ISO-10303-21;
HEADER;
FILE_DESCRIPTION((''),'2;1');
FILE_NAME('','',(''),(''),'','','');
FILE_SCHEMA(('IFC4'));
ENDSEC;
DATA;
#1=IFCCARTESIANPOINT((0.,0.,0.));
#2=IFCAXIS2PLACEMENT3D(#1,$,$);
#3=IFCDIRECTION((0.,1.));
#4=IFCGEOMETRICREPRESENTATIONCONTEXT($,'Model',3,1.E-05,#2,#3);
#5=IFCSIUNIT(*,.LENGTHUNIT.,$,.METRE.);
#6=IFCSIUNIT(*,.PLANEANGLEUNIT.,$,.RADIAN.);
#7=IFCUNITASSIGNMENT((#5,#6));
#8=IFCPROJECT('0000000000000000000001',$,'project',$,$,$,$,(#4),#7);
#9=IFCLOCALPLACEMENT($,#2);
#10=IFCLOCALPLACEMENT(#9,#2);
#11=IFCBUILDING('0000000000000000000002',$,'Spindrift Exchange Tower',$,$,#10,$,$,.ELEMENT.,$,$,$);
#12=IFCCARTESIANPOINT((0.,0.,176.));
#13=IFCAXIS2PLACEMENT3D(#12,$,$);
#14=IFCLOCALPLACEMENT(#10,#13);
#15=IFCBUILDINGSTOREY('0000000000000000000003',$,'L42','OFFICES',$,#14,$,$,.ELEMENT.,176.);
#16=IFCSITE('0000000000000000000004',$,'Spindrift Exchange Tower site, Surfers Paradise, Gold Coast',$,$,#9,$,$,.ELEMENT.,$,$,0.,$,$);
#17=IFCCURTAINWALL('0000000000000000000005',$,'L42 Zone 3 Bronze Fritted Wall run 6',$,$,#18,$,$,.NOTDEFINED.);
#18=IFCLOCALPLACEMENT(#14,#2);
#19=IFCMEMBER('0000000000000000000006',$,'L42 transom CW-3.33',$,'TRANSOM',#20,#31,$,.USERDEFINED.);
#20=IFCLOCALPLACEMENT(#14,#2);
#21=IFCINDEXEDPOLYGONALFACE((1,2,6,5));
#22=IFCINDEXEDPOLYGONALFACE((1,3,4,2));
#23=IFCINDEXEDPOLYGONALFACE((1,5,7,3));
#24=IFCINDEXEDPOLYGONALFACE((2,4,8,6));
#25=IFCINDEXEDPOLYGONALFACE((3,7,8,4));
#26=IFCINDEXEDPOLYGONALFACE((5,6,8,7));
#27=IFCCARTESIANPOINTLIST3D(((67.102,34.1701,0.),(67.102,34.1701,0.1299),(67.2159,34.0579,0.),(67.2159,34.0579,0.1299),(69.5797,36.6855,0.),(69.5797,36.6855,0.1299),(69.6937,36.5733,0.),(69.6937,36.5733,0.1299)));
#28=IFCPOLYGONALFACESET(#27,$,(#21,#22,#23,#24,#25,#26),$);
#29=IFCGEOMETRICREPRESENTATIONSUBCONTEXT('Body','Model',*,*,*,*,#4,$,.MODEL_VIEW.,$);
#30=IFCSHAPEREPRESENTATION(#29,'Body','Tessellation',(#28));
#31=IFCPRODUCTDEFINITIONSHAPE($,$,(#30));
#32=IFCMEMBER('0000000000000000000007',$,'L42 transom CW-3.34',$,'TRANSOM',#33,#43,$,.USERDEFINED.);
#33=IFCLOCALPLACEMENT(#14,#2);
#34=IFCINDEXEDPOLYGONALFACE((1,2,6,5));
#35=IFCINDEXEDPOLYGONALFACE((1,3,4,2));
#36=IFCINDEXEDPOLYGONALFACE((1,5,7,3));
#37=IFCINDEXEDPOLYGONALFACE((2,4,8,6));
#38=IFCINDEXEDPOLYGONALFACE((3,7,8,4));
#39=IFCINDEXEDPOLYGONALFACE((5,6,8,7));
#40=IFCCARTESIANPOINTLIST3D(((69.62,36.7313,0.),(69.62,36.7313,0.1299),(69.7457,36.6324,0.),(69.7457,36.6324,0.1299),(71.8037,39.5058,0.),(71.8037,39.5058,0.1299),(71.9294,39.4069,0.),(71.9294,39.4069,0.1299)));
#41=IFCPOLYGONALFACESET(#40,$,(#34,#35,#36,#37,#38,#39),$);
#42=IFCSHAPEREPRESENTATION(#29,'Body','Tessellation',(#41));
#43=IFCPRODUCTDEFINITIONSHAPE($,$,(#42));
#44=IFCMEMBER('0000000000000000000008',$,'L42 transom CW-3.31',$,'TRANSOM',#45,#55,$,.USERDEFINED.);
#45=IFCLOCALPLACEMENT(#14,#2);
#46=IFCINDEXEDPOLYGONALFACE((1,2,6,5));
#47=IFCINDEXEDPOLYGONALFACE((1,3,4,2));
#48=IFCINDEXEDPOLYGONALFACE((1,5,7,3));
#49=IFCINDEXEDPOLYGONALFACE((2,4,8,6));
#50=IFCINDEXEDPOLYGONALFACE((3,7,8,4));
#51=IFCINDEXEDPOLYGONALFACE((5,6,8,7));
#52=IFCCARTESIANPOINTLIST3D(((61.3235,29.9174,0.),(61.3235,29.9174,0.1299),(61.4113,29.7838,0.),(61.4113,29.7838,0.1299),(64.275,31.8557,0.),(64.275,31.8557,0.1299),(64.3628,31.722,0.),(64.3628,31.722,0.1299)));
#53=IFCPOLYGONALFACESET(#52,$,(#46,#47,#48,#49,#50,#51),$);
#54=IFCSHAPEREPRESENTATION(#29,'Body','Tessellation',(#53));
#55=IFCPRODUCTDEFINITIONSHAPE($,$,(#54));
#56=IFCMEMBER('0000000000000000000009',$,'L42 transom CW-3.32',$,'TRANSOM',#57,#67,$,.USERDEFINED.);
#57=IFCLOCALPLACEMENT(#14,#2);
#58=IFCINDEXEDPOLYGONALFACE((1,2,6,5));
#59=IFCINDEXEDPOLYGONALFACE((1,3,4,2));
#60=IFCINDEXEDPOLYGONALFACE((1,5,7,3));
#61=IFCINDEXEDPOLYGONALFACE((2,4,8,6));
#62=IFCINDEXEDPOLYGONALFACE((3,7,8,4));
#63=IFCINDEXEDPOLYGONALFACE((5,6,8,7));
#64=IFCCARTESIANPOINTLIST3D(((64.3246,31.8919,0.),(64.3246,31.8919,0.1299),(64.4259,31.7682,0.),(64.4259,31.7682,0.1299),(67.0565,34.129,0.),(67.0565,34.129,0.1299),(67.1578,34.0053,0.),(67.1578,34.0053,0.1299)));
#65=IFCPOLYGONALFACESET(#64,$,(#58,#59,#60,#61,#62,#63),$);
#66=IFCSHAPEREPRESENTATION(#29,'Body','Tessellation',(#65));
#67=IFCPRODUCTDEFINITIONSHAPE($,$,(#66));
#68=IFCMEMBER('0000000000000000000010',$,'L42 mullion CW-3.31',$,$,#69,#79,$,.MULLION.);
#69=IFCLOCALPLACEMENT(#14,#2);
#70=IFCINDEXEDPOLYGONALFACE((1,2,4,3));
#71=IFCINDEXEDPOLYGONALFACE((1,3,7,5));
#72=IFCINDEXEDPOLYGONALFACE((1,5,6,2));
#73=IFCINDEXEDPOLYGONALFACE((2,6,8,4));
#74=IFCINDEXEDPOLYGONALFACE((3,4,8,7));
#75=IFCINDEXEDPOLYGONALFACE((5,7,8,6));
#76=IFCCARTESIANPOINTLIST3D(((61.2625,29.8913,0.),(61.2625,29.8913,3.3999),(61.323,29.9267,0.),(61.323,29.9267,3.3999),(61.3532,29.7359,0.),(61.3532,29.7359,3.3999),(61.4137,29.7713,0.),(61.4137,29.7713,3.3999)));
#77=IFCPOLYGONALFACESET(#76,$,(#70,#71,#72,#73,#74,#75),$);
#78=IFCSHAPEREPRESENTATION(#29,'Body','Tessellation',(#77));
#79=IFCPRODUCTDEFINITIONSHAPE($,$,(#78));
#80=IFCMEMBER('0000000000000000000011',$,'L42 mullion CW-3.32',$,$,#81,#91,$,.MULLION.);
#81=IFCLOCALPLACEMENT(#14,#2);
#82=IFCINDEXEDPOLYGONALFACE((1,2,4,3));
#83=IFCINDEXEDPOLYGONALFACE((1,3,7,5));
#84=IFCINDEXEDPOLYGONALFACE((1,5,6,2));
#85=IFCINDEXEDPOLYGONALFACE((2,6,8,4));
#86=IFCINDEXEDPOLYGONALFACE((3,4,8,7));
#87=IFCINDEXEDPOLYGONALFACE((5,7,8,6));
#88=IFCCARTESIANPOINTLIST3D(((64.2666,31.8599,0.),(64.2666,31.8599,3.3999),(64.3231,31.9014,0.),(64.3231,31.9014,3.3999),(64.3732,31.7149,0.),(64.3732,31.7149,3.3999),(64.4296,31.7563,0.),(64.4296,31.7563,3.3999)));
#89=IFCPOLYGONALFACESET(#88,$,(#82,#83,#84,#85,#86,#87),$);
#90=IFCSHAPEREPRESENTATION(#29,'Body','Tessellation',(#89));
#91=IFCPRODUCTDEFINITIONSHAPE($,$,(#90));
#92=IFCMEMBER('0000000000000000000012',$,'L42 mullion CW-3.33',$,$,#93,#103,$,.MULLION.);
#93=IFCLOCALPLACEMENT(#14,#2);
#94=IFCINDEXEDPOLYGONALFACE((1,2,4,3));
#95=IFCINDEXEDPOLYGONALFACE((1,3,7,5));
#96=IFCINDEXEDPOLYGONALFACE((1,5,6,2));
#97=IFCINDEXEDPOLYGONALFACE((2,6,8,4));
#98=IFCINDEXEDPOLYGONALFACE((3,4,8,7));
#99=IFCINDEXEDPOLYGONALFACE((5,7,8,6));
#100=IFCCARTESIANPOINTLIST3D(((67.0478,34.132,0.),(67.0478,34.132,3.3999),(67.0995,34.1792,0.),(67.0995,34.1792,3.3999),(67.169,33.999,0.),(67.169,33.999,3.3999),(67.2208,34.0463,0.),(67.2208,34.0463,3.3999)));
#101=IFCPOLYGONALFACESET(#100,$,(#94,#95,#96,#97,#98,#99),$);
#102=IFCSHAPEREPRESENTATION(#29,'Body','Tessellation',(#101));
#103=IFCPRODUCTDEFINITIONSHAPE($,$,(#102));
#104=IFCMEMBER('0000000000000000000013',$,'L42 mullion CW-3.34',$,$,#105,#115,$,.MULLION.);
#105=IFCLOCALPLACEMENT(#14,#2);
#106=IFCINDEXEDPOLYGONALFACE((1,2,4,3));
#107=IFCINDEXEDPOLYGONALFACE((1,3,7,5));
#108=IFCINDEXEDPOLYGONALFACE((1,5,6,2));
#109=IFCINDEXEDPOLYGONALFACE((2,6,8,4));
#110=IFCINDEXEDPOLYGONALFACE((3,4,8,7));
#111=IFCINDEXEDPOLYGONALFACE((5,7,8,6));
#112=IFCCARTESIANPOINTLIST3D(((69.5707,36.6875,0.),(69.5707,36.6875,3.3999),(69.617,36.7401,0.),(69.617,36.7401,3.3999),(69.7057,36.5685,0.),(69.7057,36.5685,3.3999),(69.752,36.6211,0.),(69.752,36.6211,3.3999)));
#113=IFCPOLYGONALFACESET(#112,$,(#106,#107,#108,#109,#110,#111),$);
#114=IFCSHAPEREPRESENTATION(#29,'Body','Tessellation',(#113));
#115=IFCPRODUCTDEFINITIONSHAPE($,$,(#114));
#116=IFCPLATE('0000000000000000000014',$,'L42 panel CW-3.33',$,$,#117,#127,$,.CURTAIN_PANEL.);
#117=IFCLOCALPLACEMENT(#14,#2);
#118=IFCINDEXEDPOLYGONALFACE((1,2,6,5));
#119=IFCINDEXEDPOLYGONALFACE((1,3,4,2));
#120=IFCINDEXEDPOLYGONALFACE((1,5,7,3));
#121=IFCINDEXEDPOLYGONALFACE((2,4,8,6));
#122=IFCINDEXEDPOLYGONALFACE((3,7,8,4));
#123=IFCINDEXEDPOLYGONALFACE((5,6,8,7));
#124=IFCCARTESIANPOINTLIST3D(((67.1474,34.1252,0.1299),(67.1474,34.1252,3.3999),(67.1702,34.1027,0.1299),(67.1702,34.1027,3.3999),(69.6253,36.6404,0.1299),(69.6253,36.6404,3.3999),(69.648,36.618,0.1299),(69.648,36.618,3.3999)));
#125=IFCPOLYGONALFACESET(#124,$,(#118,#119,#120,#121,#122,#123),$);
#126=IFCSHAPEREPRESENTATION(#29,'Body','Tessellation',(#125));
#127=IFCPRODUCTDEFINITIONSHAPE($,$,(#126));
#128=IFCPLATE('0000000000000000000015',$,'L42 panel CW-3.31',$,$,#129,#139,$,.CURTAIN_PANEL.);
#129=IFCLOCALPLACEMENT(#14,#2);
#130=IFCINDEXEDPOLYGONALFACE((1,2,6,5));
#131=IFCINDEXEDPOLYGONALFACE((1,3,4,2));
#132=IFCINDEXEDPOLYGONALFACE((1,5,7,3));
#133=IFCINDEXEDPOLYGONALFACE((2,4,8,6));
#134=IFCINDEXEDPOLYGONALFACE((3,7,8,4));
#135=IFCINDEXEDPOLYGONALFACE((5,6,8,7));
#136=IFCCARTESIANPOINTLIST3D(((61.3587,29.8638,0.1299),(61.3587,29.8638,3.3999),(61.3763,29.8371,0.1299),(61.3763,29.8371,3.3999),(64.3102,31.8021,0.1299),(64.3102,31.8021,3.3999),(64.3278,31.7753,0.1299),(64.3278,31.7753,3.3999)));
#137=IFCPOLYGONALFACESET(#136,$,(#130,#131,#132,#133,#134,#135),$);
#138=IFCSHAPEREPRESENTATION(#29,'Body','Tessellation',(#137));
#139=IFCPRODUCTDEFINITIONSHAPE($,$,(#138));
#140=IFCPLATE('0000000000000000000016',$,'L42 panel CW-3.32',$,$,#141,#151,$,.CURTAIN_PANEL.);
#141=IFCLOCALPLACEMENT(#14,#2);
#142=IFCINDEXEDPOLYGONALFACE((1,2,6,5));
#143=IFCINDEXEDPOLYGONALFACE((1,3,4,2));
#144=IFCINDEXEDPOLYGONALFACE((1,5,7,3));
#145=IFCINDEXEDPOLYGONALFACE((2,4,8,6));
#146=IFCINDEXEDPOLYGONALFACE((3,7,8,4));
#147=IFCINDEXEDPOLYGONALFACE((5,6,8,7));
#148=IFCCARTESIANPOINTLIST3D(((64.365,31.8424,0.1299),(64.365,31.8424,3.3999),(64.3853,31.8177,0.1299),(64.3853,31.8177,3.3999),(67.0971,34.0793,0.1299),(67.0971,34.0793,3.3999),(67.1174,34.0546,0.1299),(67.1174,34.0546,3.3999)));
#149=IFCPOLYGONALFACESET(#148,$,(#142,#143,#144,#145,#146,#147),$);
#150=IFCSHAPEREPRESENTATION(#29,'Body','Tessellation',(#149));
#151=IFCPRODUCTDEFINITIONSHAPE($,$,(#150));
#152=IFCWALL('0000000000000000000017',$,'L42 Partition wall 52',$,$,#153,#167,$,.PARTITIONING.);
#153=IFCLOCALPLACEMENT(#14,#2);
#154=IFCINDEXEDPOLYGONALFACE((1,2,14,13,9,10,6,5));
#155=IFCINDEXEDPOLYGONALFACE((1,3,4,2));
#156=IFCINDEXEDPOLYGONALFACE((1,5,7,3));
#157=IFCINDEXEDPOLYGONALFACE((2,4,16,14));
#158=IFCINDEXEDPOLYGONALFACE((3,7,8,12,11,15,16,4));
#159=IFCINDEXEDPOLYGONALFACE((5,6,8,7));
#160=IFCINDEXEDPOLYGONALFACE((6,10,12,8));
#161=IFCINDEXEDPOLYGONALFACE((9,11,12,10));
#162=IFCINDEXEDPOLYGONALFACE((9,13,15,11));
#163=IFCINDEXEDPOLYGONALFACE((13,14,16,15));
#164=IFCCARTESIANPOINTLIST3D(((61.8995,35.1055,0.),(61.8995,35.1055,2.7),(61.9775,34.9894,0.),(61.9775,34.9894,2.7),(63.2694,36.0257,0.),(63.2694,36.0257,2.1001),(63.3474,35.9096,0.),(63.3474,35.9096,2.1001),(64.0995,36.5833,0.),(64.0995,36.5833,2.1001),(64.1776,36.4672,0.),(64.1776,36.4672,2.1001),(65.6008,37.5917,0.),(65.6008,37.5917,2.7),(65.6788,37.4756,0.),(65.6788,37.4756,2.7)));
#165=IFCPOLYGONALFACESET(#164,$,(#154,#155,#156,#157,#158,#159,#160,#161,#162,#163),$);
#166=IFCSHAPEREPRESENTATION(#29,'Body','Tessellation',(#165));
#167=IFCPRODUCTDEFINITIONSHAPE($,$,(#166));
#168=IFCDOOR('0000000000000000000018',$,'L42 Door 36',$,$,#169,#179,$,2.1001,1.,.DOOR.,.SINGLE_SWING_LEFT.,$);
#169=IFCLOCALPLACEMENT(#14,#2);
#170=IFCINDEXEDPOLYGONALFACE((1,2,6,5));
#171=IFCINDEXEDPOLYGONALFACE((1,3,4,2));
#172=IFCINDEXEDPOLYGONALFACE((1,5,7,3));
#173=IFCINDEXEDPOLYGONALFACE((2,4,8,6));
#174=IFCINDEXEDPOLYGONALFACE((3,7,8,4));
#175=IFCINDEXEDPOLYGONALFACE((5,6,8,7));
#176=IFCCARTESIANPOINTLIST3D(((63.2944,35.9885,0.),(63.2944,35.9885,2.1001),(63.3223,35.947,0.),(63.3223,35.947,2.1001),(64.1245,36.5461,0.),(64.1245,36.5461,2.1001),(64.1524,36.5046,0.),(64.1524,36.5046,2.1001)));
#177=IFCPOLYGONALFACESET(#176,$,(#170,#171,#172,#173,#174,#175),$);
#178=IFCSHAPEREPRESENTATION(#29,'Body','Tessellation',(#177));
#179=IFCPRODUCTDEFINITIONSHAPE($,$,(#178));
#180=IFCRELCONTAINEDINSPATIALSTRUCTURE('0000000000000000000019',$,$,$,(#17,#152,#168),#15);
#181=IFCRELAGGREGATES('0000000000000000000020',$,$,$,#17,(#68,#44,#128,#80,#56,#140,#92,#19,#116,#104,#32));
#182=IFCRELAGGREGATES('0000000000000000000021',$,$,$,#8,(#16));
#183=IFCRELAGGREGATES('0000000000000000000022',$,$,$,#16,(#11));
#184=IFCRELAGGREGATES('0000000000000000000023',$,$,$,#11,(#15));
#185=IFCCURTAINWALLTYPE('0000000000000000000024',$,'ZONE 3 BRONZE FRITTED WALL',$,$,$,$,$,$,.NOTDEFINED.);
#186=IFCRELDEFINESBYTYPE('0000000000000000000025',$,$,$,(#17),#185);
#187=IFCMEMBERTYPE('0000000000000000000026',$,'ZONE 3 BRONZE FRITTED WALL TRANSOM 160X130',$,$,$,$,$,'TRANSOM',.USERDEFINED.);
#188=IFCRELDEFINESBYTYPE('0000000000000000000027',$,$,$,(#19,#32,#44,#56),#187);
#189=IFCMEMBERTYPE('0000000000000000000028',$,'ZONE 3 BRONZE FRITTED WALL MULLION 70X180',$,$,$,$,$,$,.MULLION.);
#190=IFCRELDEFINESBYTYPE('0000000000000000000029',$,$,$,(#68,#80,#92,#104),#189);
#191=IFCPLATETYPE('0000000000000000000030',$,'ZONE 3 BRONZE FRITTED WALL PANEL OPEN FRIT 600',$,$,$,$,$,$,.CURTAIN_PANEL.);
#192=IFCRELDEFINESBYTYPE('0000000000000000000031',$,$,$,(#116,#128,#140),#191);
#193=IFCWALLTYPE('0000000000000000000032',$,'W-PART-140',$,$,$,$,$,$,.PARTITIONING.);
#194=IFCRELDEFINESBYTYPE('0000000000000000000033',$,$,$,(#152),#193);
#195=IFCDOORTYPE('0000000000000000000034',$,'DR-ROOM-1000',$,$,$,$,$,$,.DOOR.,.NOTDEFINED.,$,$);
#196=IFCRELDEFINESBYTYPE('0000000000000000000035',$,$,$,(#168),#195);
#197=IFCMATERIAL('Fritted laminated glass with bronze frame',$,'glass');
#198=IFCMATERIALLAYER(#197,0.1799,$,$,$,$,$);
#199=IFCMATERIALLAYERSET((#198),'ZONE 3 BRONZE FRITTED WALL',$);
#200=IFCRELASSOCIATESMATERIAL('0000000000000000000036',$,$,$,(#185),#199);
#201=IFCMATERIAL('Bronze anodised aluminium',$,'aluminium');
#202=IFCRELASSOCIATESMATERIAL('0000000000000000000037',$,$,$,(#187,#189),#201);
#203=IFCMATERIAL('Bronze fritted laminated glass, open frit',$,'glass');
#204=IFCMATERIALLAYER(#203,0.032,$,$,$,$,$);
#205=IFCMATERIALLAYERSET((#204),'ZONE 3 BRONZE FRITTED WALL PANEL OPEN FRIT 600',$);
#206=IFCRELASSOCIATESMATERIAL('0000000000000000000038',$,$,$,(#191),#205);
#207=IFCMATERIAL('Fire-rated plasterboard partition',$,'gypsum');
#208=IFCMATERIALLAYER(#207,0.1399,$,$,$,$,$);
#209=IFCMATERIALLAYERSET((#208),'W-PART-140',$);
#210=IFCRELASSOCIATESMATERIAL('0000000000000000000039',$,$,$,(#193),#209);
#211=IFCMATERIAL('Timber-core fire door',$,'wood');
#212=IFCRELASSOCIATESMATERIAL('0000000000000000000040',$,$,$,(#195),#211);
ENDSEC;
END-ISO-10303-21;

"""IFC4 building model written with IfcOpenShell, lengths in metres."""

from ifc_helpers import new_model, si_unit, direction, frame, frame_2d, origin, origin_2d, place, context, subcontext, project, spatial, rectangle, extrude, source, transform, mapped, material, layer, layer_set, material_profile, profile_set, type_object, element, fill, aggregate, save


model = new_model("IFC4")

# Units and contexts
model_context = context("Model", 3, precision=1e-05, world=origin(), true_north=direction((0.0, 1.0)))
body_context = subcontext(model_context, "Body", "Model", "MODEL_VIEW")
ifc_project = project(units=[si_unit("LENGTHUNIT", "METRE"), si_unit("PLANEANGLEUNIT", "RADIAN")], contexts=[model_context])

# Site, building, storey
site_placement = place(None, origin())
site = spatial("IfcSite", under=ifc_project, at=site_placement, Name="Spindrift Exchange Tower site, Surfers Paradise, Gold Coast", CompositionType="ELEMENT", RefElevation=0.0)
building_placement = place(site_placement, origin())
building = spatial("IfcBuilding", under=site, at=building_placement, Name="Spindrift Exchange Tower", CompositionType="ELEMENT")
storey_placement = place(building_placement, frame((0.0, 0.0, 176.0)))
storey = spatial("IfcBuildingStorey", under=building, at=storey_placement, Name="L42", Description="OFFICES", CompositionType="ELEMENT", Elevation=176.0)

# Curtain wall, members, plates
ifc_material_1 = material(Name="Fritted laminated glass with bronze frame", Category="glass")
ifc_layer_1 = layer(ifc_material_1, 0.1799)
ifc_layer_set_1 = layer_set([ifc_layer_1], Name="ZONE 3 BRONZE FRITTED WALL")
curtain_wall_type = type_object("IfcCurtainWallType", Name="ZONE 3 BRONZE FRITTED WALL", PredefinedType="NOTDEFINED", material=ifc_layer_set_1)
curtain_wall_placement = place(storey_placement, origin())
curtain_wall = element("IfcCurtainWall", 1, at=curtain_wall_placement, inside=storey, type_object=curtain_wall_type, Name="L42 Zone 3 Bronze Fritted Wall run 6", PredefinedType="NOTDEFINED")
ifc_material_2 = material(Name="Bronze anodised aluminium", Category="aluminium")
ifc_material_profile_1 = material_profile(ifc_material_2, rectangle(XDim=0.1599, YDim=0.1299, at=origin_2d()), Name="ZONE 3 BRONZE FRITTED WALL TRANSOM 160X130")
ifc_profile_set_1 = profile_set([ifc_material_profile_1], Name="Bronze anodised aluminium")
member_type_1 = type_object("IfcMemberType", Name="ZONE 3 BRONZE FRITTED WALL TRANSOM 160X130", ElementType="TRANSOM", PredefinedType="USERDEFINED", material=ifc_profile_set_1)
shared_shape_1 = source(origin(), body_context, "Body", "SweptSolid", [
    extrude(rectangle(XDim=0.1599, YDim=0.1299, at=origin_2d()), origin(), (0.0, 0.0, 1.0), 3.5308),
])
member_1_placement = place(storey_placement, frame((67.1589, 34.114, 0.0649), z_axis=(0.701762, 0.712411, 0.0), x_axis=(-0.712411, 0.701762, 0.0)))
member_1 = element("IfcMember", 2, at=member_1_placement, type_object=member_type_1, Name="L42 transom CW-3.33", ObjectType="TRANSOM", PredefinedType="USERDEFINED", context=body_context, shape_type="MappedRepresentation", body=[
    mapped(shared_shape_1, transform((0.0, 0.0, 0.0), scale=1.0)),
])
member_2_placement = place(storey_placement, frame((69.6829, 36.6819, 0.0649), z_axis=(0.618469, 0.785809, 0.0), x_axis=(-0.785809, 0.618469, 0.0)))
member_2 = element("IfcMember", 3, at=member_2_placement, type_object=member_type_1, Name="L42 transom CW-3.34", ObjectType="TRANSOM", PredefinedType="USERDEFINED", context=body_context, shape_type="MappedRepresentation", body=[
    mapped(shared_shape_1, transform((0.0, 0.0, 0.0), scale=1.0)),
])
shared_shape_2 = source(origin(), body_context, "Body", "SweptSolid", [
    extrude(rectangle(XDim=0.1599, YDim=0.1299, at=origin_2d()), origin(), (0.0, 0.0, 1.0), 3.531),
])
member_3_placement = place(storey_placement, frame((61.3674, 29.8506, 0.0649), z_axis=(0.83587, 0.548927, 0.0), x_axis=(-0.548927, 0.83587, 0.0)))
member_3 = element("IfcMember", 4, at=member_3_placement, type_object=member_type_1, Name="L42 transom CW-3.31", ObjectType="TRANSOM", PredefinedType="USERDEFINED", context=body_context, shape_type="MappedRepresentation", body=[
    mapped(shared_shape_2, transform((0.0, 0.0, 0.0), scale=1.0)),
])
member_4_placement = place(storey_placement, frame((64.3752, 31.8301, 0.0649), z_axis=(0.773702, 0.63355, 0.0), x_axis=(-0.63355, 0.773702, 0.0)))
member_4 = element("IfcMember", 5, at=member_4_placement, type_object=member_type_1, Name="L42 transom CW-3.32", ObjectType="TRANSOM", PredefinedType="USERDEFINED", context=body_context, shape_type="MappedRepresentation", body=[
    mapped(shared_shape_2, transform((0.0, 0.0, 0.0), scale=1.0)),
])
ifc_material_profile_2 = material_profile(ifc_material_2, rectangle(XDim=0.0701, YDim=0.1799, at=origin_2d()), Name="ZONE 3 BRONZE FRITTED WALL MULLION 70X180")
ifc_profile_set_2 = profile_set([ifc_material_profile_2], Name="Bronze anodised aluminium")
member_type_2 = type_object("IfcMemberType", Name="ZONE 3 BRONZE FRITTED WALL MULLION 70X180", PredefinedType="MULLION", material=ifc_profile_set_2)
shared_shape_3 = source(origin(), body_context, "Body", "SweptSolid", [
    extrude(rectangle(XDim=0.0701, YDim=0.1799, at=origin_2d()), origin(), (0.0, 0.0, 1.0), 3.3999),
])
member_5_placement = place(storey_placement, frame((61.3381, 29.8313, 0.0), z_axis=(0.0, 0.0, 1.0), x_axis=(0.86368, 0.504041, 0.0)))
member_5 = element("IfcMember", 6, at=member_5_placement, type_object=member_type_2, Name="L42 mullion CW-3.31", PredefinedType="MULLION", context=body_context, shape_type="MappedRepresentation", body=[
    mapped(shared_shape_3, transform((0.0, 0.0, 0.0), scale=1.0)),
])
member_6_placement = place(storey_placement, frame((64.3481, 31.8081, 0.0), z_axis=(0.0, 0.0, 1.0), x_axis=(0.805919, 0.592026, 0.0)))
member_6 = element("IfcMember", 7, at=member_6_placement, type_object=member_type_2, Name="L42 mullion CW-3.32", PredefinedType="MULLION", context=body_context, shape_type="MappedRepresentation", body=[
    mapped(shared_shape_3, transform((0.0, 0.0, 0.0), scale=1.0)),
])
member_7_placement = place(storey_placement, frame((67.1343, 34.0891, 0.0), z_axis=(0.0, 0.0, 1.0), x_axis=(0.738823, 0.6739, 0.0)))
member_7 = element("IfcMember", 8, at=member_7_placement, type_object=member_type_2, Name="L42 mullion CW-3.33", PredefinedType="MULLION", context=body_context, shape_type="MappedRepresentation", body=[
    mapped(shared_shape_3, transform((0.0, 0.0, 0.0), scale=1.0)),
])
member_8_placement = place(storey_placement, frame((69.6614, 36.6543, 0.0), z_axis=(0.0, 0.0, 1.0), x_axis=(0.661147, 0.750256, 0.0)))
member_8 = element("IfcMember", 9, at=member_8_placement, type_object=member_type_2, Name="L42 mullion CW-3.34", PredefinedType="MULLION", context=body_context, shape_type="MappedRepresentation", body=[
    mapped(shared_shape_3, transform((0.0, 0.0, 0.0), scale=1.0)),
])
ifc_material_3 = material(Name="Bronze fritted laminated glass, open frit", Category="glass")
ifc_layer_2 = layer(ifc_material_3, 0.032)
ifc_layer_set_2 = layer_set([ifc_layer_2], Name="ZONE 3 BRONZE FRITTED WALL PANEL OPEN FRIT 600")
plate_type = type_object("IfcPlateType", Name="ZONE 3 BRONZE FRITTED WALL PANEL OPEN FRIT 600", PredefinedType="CURTAIN_PANEL", material=ifc_layer_set_2)
shared_shape_4 = source(origin(), body_context, "Body", "SweptSolid", [
    extrude(rectangle(XDim=3.5308, YDim=0.032, at=origin_2d()), origin(), (0.0, 0.0, 1.0), 3.27),
])
plate_1_placement = place(storey_placement, frame((68.3977, 35.3716, 0.1299), z_axis=(0.0, 0.0, 1.0), x_axis=(0.701796, 0.712378, 0.0)))
plate_1 = element("IfcPlate", 10, at=plate_1_placement, type_object=plate_type, Name="L42 panel CW-3.33", PredefinedType="CURTAIN_PANEL", context=body_context, shape_type="MappedRepresentation", body=[
    mapped(shared_shape_4, transform((0.0, 0.0, 0.0), scale=1.0)),
])
shared_shape_5 = source(origin(), body_context, "Body", "SweptSolid", [
    extrude(rectangle(XDim=3.531, YDim=0.032, at=origin_2d()), origin(), (0.0, 0.0, 1.0), 3.27),
])
plate_2_placement = place(storey_placement, frame((62.8433, 30.8196, 0.1299), z_axis=(0.0, 0.0, 1.0), x_axis=(0.835875, 0.548919, 0.0)))
plate_2 = element("IfcPlate", 11, at=plate_2_placement, type_object=plate_type, Name="L42 panel CW-3.31", PredefinedType="CURTAIN_PANEL", context=body_context, shape_type="MappedRepresentation", body=[
    mapped(shared_shape_5, transform((0.0, 0.0, 0.0), scale=1.0)),
])
plate_3_placement = place(storey_placement, frame((65.7412, 32.9485, 0.1299), z_axis=(0.0, 0.0, 1.0), x_axis=(0.773742, 0.633501, 0.0)))
plate_3 = element("IfcPlate", 12, at=plate_3_placement, type_object=plate_type, Name="L42 panel CW-3.32", PredefinedType="CURTAIN_PANEL", context=body_context, shape_type="MappedRepresentation", body=[
    mapped(shared_shape_5, transform((0.0, 0.0, 0.0), scale=1.0)),
])
aggregate(curtain_wall, [member_5, member_3, plate_2, member_6, member_4, plate_3, member_7, member_1, plate_1, member_8, member_2])

# Wall, opening, door
ifc_material_4 = material(Name="Fire-rated plasterboard partition", Category="gypsum")
ifc_layer_3 = layer(ifc_material_4, 0.1399)
ifc_layer_set_3 = layer_set([ifc_layer_3], Name="W-PART-140")
wall_type = type_object("IfcWallType", Name="W-PART-140", PredefinedType="PARTITIONING", material=ifc_layer_set_3)
wall_1_placement = place(storey_placement, frame((65.6399, 37.5337, 0.0), z_axis=(0.0, 0.0, 1.0), x_axis=(-0.830116, -0.557591, 0.0)))
wall_1 = element("IfcWall", 13, at=wall_1_placement, inside=storey, type_object=wall_type, Name="L42 Partition wall 52", PredefinedType="PARTITIONING", context=body_context, shape_type="SweptSolid", body=[
    extrude(rectangle(XDim=4.4587, YDim=0.1399, at=frame_2d((2.2295, 0.0))), origin(), (0.0, 0.0, 1.0), 2.7),
])
opening_1_placement = place(wall_1_placement, frame((1.8086, 0.0, 0.0)))
opening_1 = element("IfcOpeningElement", 14, at=opening_1_placement, cuts=wall_1, PredefinedType="OPENING", context=body_context, shape_type="SweptSolid", body=[
    extrude(rectangle(XDim=1.0, YDim=2.1001, at=frame_2d((0.5, 1.05))), frame((0.0, 0.0798, 0.0), z_axis=(0.0, -1.0, 0.0), x_axis=(1.0, 0.0, 0.0)), (0.0, 0.0, 1.0), 0.1599),
])
ifc_material_5 = material(Name="Timber-core fire door", Category="wood")
door_type = type_object("IfcDoorType", Name="DR-ROOM-1000", OperationType="NOTDEFINED", PredefinedType="DOOR", material=ifc_material_5)
shared_shape_6 = source(origin(), body_context, "Body", "SweptSolid", [
    extrude(rectangle(XDim=1.0, YDim=2.1001, at=frame_2d((0.5, 1.05))), frame((0.0, 0.0249, 0.0), z_axis=(0.0, -1.0, 0.0), x_axis=(1.0, 0.0, 0.0)), (0.0, 0.0, 1.0), 0.05),
])
door_1_placement = place(opening_1_placement, origin())
door_1 = element("IfcDoor", 15, at=door_1_placement, inside=storey, type_object=door_type, Name="L42 Door 36", OperationType="SINGLE_SWING_LEFT", OverallHeight=2.1001, OverallWidth=1.0, PredefinedType="DOOR", context=body_context, shape_type="MappedRepresentation", body=[
    mapped(shared_shape_6, transform((0.0, 0.0, 0.0), scale=1.0)),
])
fill(opening_1, door_1)

save(model, "model.ifc")
